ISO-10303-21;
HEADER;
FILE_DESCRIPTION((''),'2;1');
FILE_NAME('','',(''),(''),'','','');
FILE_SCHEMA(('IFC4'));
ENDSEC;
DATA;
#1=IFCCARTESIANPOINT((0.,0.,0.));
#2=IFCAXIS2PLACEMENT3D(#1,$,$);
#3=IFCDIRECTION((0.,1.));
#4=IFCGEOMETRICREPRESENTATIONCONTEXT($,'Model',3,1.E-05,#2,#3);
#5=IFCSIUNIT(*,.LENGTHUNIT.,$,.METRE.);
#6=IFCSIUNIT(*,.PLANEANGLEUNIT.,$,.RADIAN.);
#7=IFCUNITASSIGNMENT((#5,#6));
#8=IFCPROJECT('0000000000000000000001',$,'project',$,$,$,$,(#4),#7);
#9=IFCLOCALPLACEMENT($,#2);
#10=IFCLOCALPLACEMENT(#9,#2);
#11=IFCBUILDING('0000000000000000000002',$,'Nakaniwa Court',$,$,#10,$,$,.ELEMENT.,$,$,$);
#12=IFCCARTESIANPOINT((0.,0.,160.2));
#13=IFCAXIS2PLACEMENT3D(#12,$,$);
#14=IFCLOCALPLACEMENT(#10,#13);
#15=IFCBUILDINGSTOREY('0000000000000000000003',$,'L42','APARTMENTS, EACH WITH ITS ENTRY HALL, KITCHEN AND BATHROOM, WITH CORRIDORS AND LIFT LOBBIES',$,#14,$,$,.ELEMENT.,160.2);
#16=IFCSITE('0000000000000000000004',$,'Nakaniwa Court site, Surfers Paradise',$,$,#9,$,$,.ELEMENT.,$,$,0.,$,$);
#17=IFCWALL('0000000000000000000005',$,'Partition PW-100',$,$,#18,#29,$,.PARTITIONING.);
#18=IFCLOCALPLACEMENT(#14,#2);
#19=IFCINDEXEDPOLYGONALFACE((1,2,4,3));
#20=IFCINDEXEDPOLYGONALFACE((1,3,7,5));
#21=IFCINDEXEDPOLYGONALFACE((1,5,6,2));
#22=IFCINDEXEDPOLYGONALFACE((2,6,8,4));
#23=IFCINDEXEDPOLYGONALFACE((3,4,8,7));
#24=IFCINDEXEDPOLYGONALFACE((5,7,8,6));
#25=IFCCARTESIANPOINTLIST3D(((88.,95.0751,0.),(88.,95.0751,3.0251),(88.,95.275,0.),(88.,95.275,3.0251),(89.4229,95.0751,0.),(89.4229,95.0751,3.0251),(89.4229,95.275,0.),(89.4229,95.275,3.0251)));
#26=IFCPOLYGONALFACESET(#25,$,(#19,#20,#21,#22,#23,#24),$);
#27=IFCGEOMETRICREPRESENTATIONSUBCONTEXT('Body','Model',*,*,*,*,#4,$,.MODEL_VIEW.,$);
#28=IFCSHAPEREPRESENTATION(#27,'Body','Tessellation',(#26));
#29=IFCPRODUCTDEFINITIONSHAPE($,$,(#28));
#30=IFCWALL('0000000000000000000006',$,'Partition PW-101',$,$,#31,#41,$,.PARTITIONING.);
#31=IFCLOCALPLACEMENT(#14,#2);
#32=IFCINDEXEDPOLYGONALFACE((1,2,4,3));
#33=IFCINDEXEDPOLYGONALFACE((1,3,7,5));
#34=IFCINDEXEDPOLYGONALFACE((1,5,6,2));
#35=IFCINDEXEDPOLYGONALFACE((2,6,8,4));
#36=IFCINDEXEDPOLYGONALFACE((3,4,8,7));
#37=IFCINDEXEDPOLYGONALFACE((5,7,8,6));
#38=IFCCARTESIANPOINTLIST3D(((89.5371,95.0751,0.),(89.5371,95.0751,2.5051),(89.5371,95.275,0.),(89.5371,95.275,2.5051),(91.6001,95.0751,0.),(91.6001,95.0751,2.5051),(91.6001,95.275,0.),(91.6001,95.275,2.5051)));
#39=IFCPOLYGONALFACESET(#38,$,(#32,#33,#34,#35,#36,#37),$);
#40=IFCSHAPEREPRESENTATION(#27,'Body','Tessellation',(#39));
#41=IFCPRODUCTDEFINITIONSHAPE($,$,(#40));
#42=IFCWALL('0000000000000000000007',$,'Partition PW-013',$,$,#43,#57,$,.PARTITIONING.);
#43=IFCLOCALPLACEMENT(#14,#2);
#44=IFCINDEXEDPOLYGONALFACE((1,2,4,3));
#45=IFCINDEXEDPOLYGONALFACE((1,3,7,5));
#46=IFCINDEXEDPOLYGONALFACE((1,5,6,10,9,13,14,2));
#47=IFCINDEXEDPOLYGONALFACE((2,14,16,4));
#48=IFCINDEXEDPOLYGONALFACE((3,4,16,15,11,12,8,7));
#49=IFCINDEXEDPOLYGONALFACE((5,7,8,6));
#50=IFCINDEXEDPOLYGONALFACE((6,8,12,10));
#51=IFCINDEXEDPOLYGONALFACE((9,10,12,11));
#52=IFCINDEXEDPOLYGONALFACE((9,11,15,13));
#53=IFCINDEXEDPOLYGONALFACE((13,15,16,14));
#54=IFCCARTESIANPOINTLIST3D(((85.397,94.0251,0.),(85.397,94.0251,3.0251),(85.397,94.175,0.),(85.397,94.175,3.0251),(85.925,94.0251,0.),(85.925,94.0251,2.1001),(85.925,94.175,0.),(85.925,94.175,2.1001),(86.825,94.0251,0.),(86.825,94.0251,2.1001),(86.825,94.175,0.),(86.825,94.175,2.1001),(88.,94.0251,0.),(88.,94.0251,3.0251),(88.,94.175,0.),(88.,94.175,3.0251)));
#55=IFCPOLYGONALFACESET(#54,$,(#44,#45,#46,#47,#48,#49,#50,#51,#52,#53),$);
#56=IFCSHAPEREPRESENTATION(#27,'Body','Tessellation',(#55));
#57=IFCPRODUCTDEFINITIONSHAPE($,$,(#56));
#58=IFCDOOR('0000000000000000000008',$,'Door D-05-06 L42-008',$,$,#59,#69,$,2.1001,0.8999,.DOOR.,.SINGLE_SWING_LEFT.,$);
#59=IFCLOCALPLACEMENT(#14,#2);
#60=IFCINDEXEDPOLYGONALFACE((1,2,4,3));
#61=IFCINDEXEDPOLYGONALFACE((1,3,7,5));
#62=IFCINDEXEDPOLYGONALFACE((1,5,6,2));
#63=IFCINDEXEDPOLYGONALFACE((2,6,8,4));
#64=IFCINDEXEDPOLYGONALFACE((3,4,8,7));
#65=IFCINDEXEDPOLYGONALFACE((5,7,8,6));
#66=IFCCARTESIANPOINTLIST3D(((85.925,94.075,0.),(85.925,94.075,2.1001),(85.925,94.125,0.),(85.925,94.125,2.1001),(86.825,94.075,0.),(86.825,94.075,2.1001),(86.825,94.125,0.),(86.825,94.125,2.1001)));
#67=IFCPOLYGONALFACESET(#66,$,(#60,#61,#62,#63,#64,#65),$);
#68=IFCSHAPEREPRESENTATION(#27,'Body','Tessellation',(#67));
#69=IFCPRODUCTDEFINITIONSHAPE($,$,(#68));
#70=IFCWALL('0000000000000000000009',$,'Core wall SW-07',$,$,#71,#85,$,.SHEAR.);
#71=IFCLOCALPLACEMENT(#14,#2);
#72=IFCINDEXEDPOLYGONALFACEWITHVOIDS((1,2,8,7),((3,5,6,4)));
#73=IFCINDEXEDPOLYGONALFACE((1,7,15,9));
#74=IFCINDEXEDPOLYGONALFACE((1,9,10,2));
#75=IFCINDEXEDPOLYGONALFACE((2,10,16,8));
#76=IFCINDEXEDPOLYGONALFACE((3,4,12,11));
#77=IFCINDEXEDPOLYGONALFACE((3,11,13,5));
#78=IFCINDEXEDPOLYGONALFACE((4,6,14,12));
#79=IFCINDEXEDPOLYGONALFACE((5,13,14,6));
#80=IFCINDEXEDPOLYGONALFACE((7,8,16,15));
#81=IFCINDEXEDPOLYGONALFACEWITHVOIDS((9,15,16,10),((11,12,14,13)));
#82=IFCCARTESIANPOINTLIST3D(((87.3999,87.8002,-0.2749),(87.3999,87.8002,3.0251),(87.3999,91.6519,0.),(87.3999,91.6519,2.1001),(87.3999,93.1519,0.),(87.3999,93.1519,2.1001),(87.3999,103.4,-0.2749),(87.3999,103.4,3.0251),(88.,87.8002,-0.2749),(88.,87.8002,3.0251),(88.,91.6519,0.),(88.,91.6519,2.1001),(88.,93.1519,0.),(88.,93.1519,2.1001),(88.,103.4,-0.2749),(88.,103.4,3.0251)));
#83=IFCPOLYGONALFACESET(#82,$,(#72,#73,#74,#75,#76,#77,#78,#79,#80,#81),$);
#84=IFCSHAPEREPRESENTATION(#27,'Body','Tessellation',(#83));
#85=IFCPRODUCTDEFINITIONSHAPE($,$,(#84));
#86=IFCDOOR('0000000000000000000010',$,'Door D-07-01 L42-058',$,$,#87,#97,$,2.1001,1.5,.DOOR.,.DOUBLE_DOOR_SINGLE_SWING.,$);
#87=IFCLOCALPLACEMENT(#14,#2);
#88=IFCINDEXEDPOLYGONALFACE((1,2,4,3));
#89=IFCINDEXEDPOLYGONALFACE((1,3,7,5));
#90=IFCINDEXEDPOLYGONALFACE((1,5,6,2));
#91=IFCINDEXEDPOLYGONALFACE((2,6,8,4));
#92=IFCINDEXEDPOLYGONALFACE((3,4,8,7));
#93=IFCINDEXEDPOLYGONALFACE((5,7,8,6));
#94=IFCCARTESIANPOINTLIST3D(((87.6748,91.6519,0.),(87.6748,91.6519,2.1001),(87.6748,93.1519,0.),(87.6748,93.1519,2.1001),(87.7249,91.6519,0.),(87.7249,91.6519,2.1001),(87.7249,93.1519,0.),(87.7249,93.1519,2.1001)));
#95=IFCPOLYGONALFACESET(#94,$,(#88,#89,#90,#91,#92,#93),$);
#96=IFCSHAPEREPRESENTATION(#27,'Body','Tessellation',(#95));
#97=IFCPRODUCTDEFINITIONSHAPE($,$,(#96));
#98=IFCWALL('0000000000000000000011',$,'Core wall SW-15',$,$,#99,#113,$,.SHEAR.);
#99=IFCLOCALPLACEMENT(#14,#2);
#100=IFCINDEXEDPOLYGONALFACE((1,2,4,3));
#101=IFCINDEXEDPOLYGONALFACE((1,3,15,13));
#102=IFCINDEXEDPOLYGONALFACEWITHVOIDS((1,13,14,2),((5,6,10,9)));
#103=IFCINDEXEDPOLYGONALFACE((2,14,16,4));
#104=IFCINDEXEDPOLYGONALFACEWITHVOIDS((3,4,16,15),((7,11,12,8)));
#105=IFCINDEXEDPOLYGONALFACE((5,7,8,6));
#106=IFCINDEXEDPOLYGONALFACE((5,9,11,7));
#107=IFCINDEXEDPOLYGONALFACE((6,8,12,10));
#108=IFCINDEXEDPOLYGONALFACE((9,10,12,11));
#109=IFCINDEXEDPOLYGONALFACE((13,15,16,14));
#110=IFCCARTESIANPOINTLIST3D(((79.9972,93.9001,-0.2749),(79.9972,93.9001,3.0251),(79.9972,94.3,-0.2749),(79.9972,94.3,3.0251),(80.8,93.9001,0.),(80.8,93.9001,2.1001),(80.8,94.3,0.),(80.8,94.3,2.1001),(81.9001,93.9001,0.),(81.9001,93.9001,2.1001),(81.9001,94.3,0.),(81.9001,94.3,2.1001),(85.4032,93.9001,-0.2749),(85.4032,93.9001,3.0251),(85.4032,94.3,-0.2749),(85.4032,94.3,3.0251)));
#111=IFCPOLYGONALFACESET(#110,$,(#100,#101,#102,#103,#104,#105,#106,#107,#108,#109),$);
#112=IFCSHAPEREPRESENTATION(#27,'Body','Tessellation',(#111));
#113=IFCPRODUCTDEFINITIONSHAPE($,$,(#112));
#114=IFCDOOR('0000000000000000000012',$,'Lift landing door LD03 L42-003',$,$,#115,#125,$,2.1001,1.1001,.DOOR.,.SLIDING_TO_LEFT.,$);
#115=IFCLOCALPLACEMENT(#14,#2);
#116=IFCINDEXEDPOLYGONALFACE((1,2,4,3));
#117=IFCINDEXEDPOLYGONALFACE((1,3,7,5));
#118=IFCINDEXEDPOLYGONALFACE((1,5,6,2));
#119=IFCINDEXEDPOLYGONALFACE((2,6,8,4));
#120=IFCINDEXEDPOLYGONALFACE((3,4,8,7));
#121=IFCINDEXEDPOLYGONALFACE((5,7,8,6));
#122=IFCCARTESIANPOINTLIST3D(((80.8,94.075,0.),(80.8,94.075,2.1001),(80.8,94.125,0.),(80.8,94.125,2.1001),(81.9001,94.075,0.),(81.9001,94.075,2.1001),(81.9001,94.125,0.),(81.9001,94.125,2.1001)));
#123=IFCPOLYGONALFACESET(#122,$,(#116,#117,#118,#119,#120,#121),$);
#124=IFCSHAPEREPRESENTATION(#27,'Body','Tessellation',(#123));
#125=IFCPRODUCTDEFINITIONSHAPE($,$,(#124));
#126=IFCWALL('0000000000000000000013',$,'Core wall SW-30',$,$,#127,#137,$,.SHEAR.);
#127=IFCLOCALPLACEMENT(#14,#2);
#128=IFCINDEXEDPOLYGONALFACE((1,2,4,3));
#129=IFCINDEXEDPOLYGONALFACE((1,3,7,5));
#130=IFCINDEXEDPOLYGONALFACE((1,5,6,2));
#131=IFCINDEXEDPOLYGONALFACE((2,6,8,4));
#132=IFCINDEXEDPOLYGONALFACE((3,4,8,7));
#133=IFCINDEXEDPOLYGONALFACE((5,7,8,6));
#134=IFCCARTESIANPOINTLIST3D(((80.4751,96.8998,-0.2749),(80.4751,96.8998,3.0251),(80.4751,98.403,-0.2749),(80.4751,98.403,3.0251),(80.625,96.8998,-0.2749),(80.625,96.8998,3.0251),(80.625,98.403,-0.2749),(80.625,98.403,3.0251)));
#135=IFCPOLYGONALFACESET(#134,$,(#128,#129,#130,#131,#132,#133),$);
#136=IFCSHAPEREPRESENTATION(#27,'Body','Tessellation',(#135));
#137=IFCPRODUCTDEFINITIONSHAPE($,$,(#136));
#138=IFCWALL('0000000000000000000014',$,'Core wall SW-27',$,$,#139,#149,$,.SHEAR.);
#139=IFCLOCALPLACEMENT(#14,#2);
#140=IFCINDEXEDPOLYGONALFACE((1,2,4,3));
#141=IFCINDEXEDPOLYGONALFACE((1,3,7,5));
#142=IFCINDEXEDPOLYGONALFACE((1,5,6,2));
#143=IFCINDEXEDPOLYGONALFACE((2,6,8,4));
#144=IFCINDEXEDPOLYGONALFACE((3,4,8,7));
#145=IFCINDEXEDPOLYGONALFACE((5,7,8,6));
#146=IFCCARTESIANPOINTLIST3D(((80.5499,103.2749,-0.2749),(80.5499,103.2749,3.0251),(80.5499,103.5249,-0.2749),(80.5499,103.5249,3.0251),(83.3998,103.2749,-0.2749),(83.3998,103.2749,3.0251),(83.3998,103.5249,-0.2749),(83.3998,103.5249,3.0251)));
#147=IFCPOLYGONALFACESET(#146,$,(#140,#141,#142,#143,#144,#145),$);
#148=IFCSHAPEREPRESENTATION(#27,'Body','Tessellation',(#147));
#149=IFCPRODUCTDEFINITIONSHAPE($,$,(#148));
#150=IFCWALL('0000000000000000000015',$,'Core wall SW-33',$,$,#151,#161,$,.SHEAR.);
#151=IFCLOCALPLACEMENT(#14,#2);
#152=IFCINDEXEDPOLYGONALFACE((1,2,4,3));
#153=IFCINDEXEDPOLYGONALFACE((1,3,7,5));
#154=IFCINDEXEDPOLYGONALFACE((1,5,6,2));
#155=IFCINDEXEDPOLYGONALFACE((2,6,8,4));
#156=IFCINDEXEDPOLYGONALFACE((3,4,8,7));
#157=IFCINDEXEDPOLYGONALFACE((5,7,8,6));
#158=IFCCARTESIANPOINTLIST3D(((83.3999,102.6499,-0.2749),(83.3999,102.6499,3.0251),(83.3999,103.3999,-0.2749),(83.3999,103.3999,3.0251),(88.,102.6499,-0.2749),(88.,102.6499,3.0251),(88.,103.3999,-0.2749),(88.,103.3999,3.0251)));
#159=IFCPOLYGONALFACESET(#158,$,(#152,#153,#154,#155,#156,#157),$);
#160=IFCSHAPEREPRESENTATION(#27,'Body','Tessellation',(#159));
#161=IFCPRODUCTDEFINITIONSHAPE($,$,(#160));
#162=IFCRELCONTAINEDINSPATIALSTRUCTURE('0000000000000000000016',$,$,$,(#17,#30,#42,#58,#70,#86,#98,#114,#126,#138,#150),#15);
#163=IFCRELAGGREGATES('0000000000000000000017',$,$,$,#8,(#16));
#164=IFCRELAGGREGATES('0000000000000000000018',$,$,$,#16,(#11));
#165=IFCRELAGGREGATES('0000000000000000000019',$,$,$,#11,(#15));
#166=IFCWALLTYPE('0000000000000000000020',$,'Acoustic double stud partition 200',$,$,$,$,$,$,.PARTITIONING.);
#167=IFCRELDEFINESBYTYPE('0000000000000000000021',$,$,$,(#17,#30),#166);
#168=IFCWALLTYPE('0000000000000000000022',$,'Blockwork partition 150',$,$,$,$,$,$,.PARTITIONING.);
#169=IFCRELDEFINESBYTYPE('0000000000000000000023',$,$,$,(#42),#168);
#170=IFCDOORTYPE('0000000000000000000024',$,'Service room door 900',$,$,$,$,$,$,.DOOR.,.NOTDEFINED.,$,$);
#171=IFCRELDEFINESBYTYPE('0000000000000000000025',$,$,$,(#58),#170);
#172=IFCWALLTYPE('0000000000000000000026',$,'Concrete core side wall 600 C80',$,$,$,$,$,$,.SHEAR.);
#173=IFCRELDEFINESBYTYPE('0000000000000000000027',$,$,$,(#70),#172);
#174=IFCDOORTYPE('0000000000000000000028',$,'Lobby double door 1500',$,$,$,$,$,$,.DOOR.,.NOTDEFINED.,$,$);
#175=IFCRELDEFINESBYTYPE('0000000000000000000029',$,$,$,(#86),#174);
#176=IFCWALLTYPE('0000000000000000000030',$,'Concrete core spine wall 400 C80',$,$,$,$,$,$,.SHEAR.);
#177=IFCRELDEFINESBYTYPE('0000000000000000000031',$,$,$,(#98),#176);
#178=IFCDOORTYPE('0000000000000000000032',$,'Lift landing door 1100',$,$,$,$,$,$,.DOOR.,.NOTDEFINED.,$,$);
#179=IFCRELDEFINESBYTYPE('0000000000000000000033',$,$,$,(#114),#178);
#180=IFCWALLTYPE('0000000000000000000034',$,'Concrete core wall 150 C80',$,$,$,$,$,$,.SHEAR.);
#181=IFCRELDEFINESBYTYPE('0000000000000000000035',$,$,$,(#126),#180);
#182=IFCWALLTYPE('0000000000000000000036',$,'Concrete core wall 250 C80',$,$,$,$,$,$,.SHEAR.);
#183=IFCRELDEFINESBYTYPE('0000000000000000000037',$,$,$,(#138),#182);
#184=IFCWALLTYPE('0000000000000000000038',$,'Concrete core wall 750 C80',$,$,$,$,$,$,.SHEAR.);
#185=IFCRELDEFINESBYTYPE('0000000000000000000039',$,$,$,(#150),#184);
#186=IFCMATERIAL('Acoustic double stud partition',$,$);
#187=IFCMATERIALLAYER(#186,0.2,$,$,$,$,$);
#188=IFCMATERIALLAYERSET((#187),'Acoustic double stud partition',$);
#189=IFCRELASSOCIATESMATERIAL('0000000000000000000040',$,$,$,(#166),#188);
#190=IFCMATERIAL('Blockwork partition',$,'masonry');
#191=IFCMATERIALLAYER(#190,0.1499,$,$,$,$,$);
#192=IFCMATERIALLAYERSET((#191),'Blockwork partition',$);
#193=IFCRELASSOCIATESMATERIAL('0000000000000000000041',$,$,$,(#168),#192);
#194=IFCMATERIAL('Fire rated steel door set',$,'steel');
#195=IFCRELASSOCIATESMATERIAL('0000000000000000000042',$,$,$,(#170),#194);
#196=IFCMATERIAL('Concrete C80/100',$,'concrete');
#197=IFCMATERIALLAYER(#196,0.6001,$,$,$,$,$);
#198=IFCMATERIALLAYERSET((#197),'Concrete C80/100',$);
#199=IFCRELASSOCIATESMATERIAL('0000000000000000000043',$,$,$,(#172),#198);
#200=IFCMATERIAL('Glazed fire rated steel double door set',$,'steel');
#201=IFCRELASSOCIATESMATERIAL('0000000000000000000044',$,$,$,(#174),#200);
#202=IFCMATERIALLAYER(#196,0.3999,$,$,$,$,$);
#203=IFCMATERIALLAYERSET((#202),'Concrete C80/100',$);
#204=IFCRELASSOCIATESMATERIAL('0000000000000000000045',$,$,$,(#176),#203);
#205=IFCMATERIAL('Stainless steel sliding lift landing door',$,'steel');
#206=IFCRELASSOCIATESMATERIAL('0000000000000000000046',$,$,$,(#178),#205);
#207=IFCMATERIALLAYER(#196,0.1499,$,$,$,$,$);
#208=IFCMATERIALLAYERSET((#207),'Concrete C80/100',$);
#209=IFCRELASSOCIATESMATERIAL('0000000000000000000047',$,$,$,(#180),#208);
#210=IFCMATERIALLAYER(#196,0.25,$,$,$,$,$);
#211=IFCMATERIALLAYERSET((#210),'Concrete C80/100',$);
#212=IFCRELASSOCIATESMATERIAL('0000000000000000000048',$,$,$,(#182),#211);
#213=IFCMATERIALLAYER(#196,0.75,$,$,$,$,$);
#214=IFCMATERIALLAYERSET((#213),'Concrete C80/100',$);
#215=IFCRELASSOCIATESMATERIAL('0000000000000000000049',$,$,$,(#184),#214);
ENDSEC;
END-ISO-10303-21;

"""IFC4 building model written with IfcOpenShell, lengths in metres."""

from ifc_helpers import new_model, si_unit, direction, frame, frame_2d, origin, place, context, subcontext, project, spatial, rectangle, extrude, material, layer, layer_set, type_object, element, fill, save


model = new_model("IFC4")

# Units and contexts
model_context = context("Model", 3, precision=1e-05, world=origin(), true_north=direction((0.0, 1.0)))
body_context = subcontext(model_context, "Body", "Model", "MODEL_VIEW")
ifc_project = project(units=[si_unit("LENGTHUNIT", "METRE"), si_unit("PLANEANGLEUNIT", "RADIAN")], contexts=[model_context])

# Site, building, storey
site_placement = place(None, origin())
site = spatial("IfcSite", under=ifc_project, at=site_placement, Name="Nakaniwa Court site, Surfers Paradise", CompositionType="ELEMENT", RefElevation=0.0)
building_placement = place(site_placement, origin())
building = spatial("IfcBuilding", under=site, at=building_placement, Name="Nakaniwa Court", CompositionType="ELEMENT")
storey_placement = place(building_placement, frame((0.0, 0.0, 160.2)))
storey = spatial("IfcBuildingStorey", under=building, at=storey_placement, Name="L42", Description="APARTMENTS, EACH WITH ITS ENTRY HALL, KITCHEN AND BATHROOM, WITH CORRIDORS AND LIFT LOBBIES", CompositionType="ELEMENT", Elevation=160.2)

# Walls
ifc_material_1 = material(Name="Acoustic double stud partition")
ifc_layer_1 = layer(ifc_material_1, 0.2)
ifc_layer_set_1 = layer_set([ifc_layer_1], Name="Acoustic double stud partition")
wall_type_1 = type_object("IfcWallType", Name="Acoustic double stud partition 200", PredefinedType="PARTITIONING", material=ifc_layer_set_1)
wall_1_placement = place(storey_placement, frame((88.0, 95.175, 0.0), z_axis=(0.0, 0.0, 1.0), x_axis=(1.0, 0.0, 0.0)))
element("IfcWall", 1, at=wall_1_placement, inside=storey, type_object=wall_type_1, Name="Partition PW-100", PredefinedType="PARTITIONING", context=body_context, shape_type="SweptSolid", body=[
    extrude(rectangle(XDim=1.4229, YDim=0.2, at=frame_2d((0.7114, 0.0))), origin(), (0.0, 0.0, 1.0), 3.0251),
])
wall_2_placement = place(storey_placement, frame((89.5371, 95.175, 0.0), z_axis=(0.0, 0.0, 1.0), x_axis=(1.0, 0.0, 0.0)))
element("IfcWall", 2, at=wall_2_placement, inside=storey, type_object=wall_type_1, Name="Partition PW-101", PredefinedType="PARTITIONING", context=body_context, shape_type="SweptSolid", body=[
    extrude(rectangle(XDim=2.063, YDim=0.2, at=frame_2d((1.0315, 0.0))), origin(), (0.0, 0.0, 1.0), 2.5051),
])

# Walls, openings, doors
ifc_material_2 = material(Name="Blockwork partition", Category="masonry")
ifc_layer_2 = layer(ifc_material_2, 0.1499)
ifc_layer_set_2 = layer_set([ifc_layer_2], Name="Blockwork partition")
wall_type_2 = type_object("IfcWallType", Name="Blockwork partition 150", PredefinedType="PARTITIONING", material=ifc_layer_set_2)
wall_3_placement = place(storey_placement, frame((85.397, 94.1001, 0.0), z_axis=(0.0, 0.0, 1.0), x_axis=(1.0, 0.0, 0.0)))
wall_3 = element("IfcWall", 3, at=wall_3_placement, inside=storey, type_object=wall_type_2, Name="Partition PW-013", PredefinedType="PARTITIONING", context=body_context, shape_type="SweptSolid", body=[
    extrude(rectangle(XDim=2.603, YDim=0.1499, at=frame_2d((1.3015, 0.0))), origin(), (0.0, 0.0, 1.0), 3.0251),
])
opening_1_placement = place(wall_3_placement, frame((0.5281, 0.0, 0.0)))
opening_1 = element("IfcOpeningElement", 4, at=opening_1_placement, cuts=wall_3, PredefinedType="OPENING", context=body_context, shape_type="SweptSolid", body=[
    extrude(rectangle(XDim=0.8999, YDim=2.1001, at=frame_2d((0.45, 1.05))), frame((0.0, 0.085, 0.0), z_axis=(0.0, -1.0, 0.0), x_axis=(1.0, 0.0, 0.0)), (0.0, 0.0, 1.0), 0.1699),
])
ifc_material_3 = material(Name="Fire rated steel door set", Category="steel")
door_type_1 = type_object("IfcDoorType", Name="Service room door 900", OperationType="NOTDEFINED", PredefinedType="DOOR", material=ifc_material_3)
door_1_placement = place(opening_1_placement, origin())
door_1 = element("IfcDoor", 5, at=door_1_placement, inside=storey, type_object=door_type_1, Name="Door D-05-06 L42-008", OperationType="SINGLE_SWING_LEFT", OverallHeight=2.1001, OverallWidth=0.8999, PredefinedType="DOOR", context=body_context, shape_type="SweptSolid", body=[
    extrude(rectangle(XDim=0.8999, YDim=2.1001, at=frame_2d((0.45, 1.05))), frame((0.0, 0.0249, 0.0), z_axis=(0.0, -1.0, 0.0), x_axis=(1.0, 0.0, 0.0)), (0.0, 0.0, 1.0), 0.05),
])
fill(opening_1, door_1)
ifc_material_4 = material(Name="Concrete C80/100", Category="concrete")
ifc_layer_3 = layer(ifc_material_4, 0.6001)
ifc_layer_set_3 = layer_set([ifc_layer_3], Name="Concrete C80/100")
wall_type_3 = type_object("IfcWallType", Name="Concrete core side wall 600 C80", PredefinedType="SHEAR", material=ifc_layer_set_3)
wall_4_placement = place(storey_placement, frame((87.7, 103.3999, -0.2749), z_axis=(0.0, 0.0, 1.0), x_axis=(0.0, -1.0, 0.0)))
wall_4 = element("IfcWall", 6, at=wall_4_placement, inside=storey, type_object=wall_type_3, Name="Core wall SW-07", PredefinedType="SHEAR", context=body_context, shape_type="SweptSolid", body=[
    extrude(rectangle(XDim=15.5999, YDim=0.6001, at=frame_2d((7.7998, 0.0))), origin(), (0.0, 0.0, 1.0), 3.3),
])
opening_2_placement = place(wall_4_placement, frame((10.248, 0.0, 0.2749)))
opening_2 = element("IfcOpeningElement", 7, at=opening_2_placement, cuts=wall_4, PredefinedType="OPENING", context=body_context, shape_type="SweptSolid", body=[
    extrude(rectangle(XDim=1.5, YDim=2.1001, at=frame_2d((0.75, 1.05))), frame((0.0, 0.3101, 0.0), z_axis=(0.0, -1.0, 0.0), x_axis=(1.0, 0.0, 0.0)), (0.0, 0.0, 1.0), 0.6201),
])
ifc_material_5 = material(Name="Glazed fire rated steel double door set", Category="steel")
door_type_2 = type_object("IfcDoorType", Name="Lobby double door 1500", OperationType="NOTDEFINED", PredefinedType="DOOR", material=ifc_material_5)
door_2_placement = place(opening_2_placement, origin())
door_2 = element("IfcDoor", 8, at=door_2_placement, inside=storey, type_object=door_type_2, Name="Door D-07-01 L42-058", OperationType="DOUBLE_DOOR_SINGLE_SWING", OverallHeight=2.1001, OverallWidth=1.5, PredefinedType="DOOR", context=body_context, shape_type="SweptSolid", body=[
    extrude(rectangle(XDim=1.5, YDim=2.1001, at=frame_2d((0.75, 1.05))), frame((0.0, 0.0249, 0.0), z_axis=(0.0, -1.0, 0.0), x_axis=(1.0, 0.0, 0.0)), (0.0, 0.0, 1.0), 0.05),
])
fill(opening_2, door_2)
ifc_layer_4 = layer(ifc_material_4, 0.3999)
ifc_layer_set_4 = layer_set([ifc_layer_4], Name="Concrete C80/100")
wall_type_4 = type_object("IfcWallType", Name="Concrete core spine wall 400 C80", PredefinedType="SHEAR", material=ifc_layer_set_4)
wall_5_placement = place(storey_placement, frame((79.9971, 94.1001, -0.2749), z_axis=(0.0, 0.0, 1.0), x_axis=(1.0, 0.0, 0.0)))
wall_5 = element("IfcWall", 9, at=wall_5_placement, inside=storey, type_object=wall_type_4, Name="Core wall SW-15", PredefinedType="SHEAR", context=body_context, shape_type="SweptSolid", body=[
    extrude(rectangle(XDim=5.406, YDim=0.3999, at=frame_2d((2.7031, 0.0))), origin(), (0.0, 0.0, 1.0), 3.3),
])
opening_3_placement = place(wall_5_placement, frame((0.803, 0.0, 0.2749)))
opening_3 = element("IfcOpeningElement", 10, at=opening_3_placement, cuts=wall_5, PredefinedType="OPENING", context=body_context, shape_type="SweptSolid", body=[
    extrude(rectangle(XDim=1.1001, YDim=2.1001, at=frame_2d((0.55, 1.05))), frame((0.0, 0.21, 0.0), z_axis=(0.0, -1.0, 0.0), x_axis=(1.0, 0.0, 0.0)), (0.0, 0.0, 1.0), 0.4199),
])
ifc_material_6 = material(Name="Stainless steel sliding lift landing door", Category="steel")
door_type_3 = type_object("IfcDoorType", Name="Lift landing door 1100", OperationType="NOTDEFINED", PredefinedType="DOOR", material=ifc_material_6)
door_3_placement = place(opening_3_placement, origin())
door_3 = element("IfcDoor", 11, at=door_3_placement, inside=storey, type_object=door_type_3, Name="Lift landing door LD03 L42-003", OperationType="SLIDING_TO_LEFT", OverallHeight=2.1001, OverallWidth=1.1001, PredefinedType="DOOR", context=body_context, shape_type="SweptSolid", body=[
    extrude(rectangle(XDim=1.1001, YDim=2.1001, at=frame_2d((0.55, 1.05))), frame((0.0, 0.0249, 0.0), z_axis=(0.0, -1.0, 0.0), x_axis=(1.0, 0.0, 0.0)), (0.0, 0.0, 1.0), 0.05),
])
fill(opening_3, door_3)

# Walls
ifc_layer_5 = layer(ifc_material_4, 0.1499)
ifc_layer_set_5 = layer_set([ifc_layer_5], Name="Concrete C80/100")
wall_type_5 = type_object("IfcWallType", Name="Concrete core wall 150 C80", PredefinedType="SHEAR", material=ifc_layer_set_5)
wall_6_placement = place(storey_placement, frame((80.55, 96.8999, -0.2749), z_axis=(0.0, 0.0, 1.0), x_axis=(0.0, 1.0, 0.0)))
element("IfcWall", 12, at=wall_6_placement, inside=storey, type_object=wall_type_5, Name="Core wall SW-30", PredefinedType="SHEAR", context=body_context, shape_type="SweptSolid", body=[
    extrude(rectangle(XDim=1.5032, YDim=0.1499, at=frame_2d((0.7515, 0.0))), origin(), (0.0, 0.0, 1.0), 3.3),
])
ifc_layer_6 = layer(ifc_material_4, 0.25)
ifc_layer_set_6 = layer_set([ifc_layer_6], Name="Concrete C80/100")
wall_type_6 = type_object("IfcWallType", Name="Concrete core wall 250 C80", PredefinedType="SHEAR", material=ifc_layer_set_6)
wall_7_placement = place(storey_placement, frame((80.55, 103.3999, -0.2749), z_axis=(0.0, 0.0, 1.0), x_axis=(1.0, 0.0, 0.0)))
element("IfcWall", 13, at=wall_7_placement, inside=storey, type_object=wall_type_6, Name="Core wall SW-27", PredefinedType="SHEAR", context=body_context, shape_type="SweptSolid", body=[
    extrude(rectangle(XDim=2.8499, YDim=0.25, at=frame_2d((1.4248, 0.0))), origin(), (0.0, 0.0, 1.0), 3.3),
])
ifc_layer_7 = layer(ifc_material_4, 0.75)
ifc_layer_set_7 = layer_set([ifc_layer_7], Name="Concrete C80/100")
wall_type_7 = type_object("IfcWallType", Name="Concrete core wall 750 C80", PredefinedType="SHEAR", material=ifc_layer_set_7)
wall_8_placement = place(storey_placement, frame((83.3999, 103.0249, -0.2749), z_axis=(0.0, 0.0, 1.0), x_axis=(1.0, 0.0, 0.0)))
element("IfcWall", 14, at=wall_8_placement, inside=storey, type_object=wall_type_7, Name="Core wall SW-33", PredefinedType="SHEAR", context=body_context, shape_type="SweptSolid", body=[
    extrude(rectangle(XDim=4.6001, YDim=0.75, at=frame_2d((2.3, 0.0))), origin(), (0.0, 0.0, 1.0), 3.3),
])

save(model, "model.ifc")
